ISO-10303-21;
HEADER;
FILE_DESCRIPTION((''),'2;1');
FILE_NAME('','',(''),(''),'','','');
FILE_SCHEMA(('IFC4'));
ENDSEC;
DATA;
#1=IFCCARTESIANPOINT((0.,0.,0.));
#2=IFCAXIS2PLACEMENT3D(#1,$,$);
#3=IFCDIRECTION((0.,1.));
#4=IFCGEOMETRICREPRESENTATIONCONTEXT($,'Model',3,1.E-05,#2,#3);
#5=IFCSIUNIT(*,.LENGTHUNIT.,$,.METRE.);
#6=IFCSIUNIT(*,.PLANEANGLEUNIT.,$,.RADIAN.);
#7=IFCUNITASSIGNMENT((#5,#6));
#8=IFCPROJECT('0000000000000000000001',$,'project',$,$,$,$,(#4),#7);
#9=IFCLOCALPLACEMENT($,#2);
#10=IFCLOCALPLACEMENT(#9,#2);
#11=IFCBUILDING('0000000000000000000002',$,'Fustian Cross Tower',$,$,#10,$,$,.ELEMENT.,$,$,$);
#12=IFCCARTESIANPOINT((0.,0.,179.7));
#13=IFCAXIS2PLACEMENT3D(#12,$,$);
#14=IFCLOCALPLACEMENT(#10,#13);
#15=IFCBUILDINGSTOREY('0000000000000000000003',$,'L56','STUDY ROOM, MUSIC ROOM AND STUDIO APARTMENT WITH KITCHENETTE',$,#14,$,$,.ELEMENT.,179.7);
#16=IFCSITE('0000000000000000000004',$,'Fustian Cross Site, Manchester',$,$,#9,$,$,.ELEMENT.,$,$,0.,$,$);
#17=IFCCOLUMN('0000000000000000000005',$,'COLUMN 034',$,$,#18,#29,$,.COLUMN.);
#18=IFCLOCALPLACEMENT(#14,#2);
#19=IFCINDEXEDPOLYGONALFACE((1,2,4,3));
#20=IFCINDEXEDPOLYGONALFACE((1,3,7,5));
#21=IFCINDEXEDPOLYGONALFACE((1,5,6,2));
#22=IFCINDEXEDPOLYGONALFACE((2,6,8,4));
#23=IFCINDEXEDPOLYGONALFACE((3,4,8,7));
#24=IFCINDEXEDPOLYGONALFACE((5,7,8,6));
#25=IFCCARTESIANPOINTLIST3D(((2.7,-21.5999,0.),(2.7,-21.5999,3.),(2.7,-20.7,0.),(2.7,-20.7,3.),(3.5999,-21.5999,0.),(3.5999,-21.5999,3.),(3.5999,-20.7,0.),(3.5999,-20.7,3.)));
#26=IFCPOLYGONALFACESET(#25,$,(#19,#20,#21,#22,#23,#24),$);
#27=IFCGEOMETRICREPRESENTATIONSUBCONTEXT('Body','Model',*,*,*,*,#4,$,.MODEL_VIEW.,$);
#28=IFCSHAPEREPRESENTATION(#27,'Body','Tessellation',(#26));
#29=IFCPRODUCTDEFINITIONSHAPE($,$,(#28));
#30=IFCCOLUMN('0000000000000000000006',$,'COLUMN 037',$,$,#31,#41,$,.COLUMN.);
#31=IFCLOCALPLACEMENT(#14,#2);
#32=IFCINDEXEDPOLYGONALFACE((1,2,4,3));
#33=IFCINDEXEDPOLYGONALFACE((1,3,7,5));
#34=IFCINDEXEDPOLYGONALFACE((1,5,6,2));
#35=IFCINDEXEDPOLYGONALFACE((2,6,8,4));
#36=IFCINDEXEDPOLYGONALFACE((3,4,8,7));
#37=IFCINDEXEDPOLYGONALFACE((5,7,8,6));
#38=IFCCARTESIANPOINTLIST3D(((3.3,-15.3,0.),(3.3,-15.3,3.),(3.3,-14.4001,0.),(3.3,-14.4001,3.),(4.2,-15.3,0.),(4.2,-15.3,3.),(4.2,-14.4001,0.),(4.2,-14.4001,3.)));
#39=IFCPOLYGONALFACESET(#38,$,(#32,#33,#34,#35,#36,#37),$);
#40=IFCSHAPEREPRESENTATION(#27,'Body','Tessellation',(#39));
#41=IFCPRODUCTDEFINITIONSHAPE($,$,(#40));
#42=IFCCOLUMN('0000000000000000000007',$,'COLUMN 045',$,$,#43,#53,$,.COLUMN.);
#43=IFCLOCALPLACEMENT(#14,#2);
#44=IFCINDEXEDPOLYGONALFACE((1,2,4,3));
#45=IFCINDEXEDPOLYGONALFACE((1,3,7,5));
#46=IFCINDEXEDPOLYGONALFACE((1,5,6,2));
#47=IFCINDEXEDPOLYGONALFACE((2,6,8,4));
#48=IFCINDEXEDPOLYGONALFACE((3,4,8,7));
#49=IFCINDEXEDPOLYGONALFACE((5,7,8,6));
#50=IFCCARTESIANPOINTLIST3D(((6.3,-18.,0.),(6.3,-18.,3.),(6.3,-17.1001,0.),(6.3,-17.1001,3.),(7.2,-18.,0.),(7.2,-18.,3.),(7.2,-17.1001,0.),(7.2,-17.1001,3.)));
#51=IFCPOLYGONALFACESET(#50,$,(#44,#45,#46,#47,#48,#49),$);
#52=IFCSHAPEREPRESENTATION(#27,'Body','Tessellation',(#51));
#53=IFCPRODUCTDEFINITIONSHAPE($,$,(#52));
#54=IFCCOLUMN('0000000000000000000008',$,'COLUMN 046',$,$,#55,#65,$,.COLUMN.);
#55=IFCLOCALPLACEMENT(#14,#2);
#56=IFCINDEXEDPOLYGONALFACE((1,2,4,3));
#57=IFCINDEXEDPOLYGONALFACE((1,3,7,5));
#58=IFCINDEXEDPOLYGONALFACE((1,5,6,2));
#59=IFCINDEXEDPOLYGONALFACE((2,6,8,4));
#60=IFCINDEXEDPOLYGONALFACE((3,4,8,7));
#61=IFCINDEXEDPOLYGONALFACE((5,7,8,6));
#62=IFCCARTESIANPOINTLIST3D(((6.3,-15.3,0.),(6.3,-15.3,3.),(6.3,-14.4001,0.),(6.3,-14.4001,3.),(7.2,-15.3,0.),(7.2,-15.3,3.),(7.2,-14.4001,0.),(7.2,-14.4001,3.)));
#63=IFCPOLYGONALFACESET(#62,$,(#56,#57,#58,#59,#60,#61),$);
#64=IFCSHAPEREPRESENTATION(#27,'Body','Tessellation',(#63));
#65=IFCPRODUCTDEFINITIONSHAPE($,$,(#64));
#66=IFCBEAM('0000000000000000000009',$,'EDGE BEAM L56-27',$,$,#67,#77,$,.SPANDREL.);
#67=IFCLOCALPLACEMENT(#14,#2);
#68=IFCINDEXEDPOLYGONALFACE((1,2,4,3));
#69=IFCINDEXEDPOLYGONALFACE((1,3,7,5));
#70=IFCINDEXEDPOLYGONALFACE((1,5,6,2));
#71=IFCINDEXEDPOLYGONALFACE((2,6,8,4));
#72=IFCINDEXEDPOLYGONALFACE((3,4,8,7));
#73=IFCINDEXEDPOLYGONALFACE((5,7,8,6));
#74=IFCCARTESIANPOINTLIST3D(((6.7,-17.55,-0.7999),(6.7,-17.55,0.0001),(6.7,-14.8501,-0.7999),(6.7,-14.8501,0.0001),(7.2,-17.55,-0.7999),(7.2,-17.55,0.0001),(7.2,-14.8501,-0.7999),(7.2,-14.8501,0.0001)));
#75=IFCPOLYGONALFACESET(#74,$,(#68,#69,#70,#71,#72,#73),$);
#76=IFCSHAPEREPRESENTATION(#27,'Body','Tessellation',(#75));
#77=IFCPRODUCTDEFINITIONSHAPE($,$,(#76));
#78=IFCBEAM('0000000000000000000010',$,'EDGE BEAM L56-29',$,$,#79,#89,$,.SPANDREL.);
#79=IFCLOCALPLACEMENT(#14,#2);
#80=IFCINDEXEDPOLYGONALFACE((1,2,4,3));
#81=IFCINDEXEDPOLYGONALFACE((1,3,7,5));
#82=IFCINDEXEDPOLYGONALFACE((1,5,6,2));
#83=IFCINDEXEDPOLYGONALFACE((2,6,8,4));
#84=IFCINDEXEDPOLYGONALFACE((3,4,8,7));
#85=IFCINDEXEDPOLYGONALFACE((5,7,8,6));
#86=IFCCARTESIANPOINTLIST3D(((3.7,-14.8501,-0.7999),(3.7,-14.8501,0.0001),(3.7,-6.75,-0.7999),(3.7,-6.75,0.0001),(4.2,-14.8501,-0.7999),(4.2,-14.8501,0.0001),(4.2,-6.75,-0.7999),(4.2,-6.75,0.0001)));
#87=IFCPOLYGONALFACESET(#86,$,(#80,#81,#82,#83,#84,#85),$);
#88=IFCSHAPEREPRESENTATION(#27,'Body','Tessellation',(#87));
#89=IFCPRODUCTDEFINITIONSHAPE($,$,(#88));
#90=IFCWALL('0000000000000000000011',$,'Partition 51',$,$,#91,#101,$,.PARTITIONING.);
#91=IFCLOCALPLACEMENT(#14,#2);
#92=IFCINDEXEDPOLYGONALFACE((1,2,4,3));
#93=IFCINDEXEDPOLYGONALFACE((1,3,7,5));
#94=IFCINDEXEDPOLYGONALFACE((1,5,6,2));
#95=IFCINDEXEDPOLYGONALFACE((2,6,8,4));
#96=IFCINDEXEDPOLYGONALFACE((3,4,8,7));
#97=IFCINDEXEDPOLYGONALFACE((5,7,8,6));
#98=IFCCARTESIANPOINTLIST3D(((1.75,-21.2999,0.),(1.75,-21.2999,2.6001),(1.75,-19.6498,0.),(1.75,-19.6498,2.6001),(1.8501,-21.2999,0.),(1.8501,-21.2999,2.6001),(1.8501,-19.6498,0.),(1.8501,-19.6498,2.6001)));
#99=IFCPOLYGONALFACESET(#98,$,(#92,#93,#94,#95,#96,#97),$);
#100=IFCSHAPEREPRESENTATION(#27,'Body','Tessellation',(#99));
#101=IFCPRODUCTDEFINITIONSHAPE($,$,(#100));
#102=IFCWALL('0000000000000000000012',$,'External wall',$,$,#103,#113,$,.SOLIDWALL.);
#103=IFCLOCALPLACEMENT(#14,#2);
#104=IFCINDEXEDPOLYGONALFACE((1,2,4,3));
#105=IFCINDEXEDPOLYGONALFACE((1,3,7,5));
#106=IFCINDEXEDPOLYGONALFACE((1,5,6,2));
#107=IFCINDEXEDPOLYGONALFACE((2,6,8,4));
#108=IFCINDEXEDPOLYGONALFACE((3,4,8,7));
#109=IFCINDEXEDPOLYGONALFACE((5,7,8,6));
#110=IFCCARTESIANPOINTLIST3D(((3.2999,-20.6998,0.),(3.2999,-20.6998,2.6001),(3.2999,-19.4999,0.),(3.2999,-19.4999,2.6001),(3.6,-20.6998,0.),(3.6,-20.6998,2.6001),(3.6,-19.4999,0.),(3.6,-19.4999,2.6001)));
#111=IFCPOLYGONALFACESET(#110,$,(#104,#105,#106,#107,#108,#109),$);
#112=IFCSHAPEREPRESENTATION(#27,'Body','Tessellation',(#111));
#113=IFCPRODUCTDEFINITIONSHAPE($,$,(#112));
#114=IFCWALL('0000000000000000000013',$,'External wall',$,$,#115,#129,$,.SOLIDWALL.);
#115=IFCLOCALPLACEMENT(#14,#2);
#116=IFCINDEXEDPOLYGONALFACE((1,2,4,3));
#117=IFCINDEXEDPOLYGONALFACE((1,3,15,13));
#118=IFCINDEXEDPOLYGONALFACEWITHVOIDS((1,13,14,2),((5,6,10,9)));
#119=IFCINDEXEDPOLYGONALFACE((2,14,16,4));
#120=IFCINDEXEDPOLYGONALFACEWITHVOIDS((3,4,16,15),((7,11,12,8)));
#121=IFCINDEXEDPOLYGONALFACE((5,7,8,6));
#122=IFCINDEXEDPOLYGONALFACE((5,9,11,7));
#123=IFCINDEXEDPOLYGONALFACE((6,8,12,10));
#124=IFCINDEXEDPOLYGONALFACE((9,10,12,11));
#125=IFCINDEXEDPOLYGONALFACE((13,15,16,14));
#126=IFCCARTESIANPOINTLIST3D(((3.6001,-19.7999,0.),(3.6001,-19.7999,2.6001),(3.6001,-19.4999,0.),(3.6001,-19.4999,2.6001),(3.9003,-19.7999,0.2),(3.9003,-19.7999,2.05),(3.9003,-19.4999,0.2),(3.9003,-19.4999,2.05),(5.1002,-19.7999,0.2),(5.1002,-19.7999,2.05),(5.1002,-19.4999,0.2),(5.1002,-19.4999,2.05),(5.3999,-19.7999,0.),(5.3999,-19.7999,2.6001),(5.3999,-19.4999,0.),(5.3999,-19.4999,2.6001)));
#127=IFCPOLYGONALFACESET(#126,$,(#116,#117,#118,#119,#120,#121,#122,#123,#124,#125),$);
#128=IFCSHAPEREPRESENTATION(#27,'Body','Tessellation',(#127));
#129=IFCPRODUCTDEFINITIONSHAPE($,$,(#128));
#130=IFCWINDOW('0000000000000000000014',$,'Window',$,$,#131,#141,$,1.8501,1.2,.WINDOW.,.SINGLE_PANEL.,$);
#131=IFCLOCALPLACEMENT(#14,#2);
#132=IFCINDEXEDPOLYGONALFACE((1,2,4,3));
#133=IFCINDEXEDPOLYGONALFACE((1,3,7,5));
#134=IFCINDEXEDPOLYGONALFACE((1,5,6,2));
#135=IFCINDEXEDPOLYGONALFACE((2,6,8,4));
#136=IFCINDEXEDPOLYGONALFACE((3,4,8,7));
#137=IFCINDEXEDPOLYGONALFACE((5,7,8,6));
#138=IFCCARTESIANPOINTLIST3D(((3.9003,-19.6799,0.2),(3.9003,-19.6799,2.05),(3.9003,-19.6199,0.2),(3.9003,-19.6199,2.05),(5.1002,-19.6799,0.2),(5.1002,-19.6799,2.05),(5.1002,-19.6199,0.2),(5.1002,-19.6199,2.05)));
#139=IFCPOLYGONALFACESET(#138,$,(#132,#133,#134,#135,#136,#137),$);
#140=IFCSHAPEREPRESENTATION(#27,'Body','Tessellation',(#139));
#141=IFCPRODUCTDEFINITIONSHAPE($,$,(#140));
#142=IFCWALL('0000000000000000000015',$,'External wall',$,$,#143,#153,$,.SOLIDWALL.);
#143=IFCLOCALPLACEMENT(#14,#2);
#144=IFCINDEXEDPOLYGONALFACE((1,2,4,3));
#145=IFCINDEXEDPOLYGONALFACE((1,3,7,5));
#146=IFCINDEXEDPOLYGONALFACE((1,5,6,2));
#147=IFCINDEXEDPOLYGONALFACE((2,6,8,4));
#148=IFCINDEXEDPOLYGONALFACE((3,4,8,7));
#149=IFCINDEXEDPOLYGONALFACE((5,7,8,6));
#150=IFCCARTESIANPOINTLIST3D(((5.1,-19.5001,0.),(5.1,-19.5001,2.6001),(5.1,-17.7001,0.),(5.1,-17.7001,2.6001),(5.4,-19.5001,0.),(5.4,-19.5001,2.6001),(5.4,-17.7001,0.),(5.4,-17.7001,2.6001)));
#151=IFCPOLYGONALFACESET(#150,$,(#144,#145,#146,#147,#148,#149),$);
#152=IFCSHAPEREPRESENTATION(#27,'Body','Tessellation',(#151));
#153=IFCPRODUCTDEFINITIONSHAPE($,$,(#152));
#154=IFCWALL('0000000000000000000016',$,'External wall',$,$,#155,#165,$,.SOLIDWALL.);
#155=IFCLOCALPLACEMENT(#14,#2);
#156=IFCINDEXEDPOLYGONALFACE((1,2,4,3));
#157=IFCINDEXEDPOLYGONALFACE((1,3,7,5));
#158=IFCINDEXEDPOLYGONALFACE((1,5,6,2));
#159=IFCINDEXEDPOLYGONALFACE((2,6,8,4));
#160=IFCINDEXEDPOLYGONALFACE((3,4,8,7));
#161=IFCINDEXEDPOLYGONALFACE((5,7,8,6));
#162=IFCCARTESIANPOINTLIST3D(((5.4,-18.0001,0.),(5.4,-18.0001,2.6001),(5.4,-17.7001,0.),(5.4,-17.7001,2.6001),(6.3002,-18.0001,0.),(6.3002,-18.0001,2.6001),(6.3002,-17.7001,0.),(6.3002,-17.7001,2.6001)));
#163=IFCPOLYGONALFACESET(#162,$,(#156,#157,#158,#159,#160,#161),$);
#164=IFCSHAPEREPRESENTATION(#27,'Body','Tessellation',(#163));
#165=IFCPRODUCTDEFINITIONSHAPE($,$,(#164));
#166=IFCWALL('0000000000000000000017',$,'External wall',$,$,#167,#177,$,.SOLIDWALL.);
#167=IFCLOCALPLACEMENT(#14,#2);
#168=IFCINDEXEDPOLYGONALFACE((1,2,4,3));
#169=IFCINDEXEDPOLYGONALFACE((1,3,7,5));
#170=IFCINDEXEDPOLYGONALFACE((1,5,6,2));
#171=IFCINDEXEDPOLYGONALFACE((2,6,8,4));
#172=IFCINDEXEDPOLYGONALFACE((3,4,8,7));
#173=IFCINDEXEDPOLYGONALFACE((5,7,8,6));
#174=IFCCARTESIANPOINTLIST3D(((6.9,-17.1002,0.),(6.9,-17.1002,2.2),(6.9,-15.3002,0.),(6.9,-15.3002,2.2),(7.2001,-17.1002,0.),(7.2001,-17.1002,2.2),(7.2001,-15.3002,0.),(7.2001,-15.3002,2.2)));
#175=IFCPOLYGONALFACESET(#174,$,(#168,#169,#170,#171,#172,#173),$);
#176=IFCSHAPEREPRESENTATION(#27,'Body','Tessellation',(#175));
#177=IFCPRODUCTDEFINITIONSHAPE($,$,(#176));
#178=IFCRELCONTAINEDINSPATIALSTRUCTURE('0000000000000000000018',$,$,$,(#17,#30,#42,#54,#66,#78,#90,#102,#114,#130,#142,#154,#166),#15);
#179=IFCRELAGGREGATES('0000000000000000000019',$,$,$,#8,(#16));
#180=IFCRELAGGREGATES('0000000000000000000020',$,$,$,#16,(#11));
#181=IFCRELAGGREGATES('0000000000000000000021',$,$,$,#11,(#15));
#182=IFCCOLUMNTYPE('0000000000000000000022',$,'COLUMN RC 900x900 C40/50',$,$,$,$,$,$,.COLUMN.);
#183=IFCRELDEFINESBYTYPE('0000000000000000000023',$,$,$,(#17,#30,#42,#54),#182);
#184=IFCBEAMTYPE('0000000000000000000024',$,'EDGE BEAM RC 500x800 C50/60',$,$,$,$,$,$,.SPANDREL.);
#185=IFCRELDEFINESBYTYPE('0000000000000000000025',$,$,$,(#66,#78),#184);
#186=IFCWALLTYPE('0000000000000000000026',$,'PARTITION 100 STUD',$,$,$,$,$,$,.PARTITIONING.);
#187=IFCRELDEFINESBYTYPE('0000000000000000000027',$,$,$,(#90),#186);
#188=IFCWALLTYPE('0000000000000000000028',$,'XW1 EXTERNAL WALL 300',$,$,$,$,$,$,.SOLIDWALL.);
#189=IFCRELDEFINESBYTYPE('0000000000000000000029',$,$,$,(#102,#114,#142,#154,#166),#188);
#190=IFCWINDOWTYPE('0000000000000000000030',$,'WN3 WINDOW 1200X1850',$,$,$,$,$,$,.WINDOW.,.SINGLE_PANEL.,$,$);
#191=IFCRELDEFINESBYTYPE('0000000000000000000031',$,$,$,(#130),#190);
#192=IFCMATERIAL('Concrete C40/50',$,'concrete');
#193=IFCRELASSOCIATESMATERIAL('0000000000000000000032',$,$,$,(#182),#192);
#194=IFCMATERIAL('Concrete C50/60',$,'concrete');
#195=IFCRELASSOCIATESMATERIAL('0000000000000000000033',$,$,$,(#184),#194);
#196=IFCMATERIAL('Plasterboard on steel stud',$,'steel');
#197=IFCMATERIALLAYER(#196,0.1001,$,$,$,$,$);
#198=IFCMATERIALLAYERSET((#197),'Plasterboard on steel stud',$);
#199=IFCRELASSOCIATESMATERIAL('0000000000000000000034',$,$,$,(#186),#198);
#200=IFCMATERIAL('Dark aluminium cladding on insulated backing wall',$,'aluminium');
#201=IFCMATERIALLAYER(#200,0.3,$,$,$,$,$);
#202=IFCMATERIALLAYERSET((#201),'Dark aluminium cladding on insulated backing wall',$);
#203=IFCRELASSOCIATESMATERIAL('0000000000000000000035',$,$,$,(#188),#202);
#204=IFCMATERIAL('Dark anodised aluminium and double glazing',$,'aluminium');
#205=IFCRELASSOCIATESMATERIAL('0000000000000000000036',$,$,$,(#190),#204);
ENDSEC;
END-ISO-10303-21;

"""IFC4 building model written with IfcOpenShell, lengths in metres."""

from ifc_helpers import new_model, si_unit, direction, frame, frame_2d, origin, origin_2d, place, context, subcontext, project, spatial, rectangle, extrude, material, layer, layer_set, material_profile, profile_set, type_object, element, fill, save


model = new_model("IFC4")

# Units and contexts
model_context = context("Model", 3, precision=1e-05, world=origin(), true_north=direction((0.0, 1.0)))
body_context = subcontext(model_context, "Body", "Model", "MODEL_VIEW")
ifc_project = project(units=[si_unit("LENGTHUNIT", "METRE"), si_unit("PLANEANGLEUNIT", "RADIAN")], contexts=[model_context])

# Site, building, storey
site_placement = place(None, origin())
site = spatial("IfcSite", under=ifc_project, at=site_placement, Name="Fustian Cross Site, Manchester", CompositionType="ELEMENT", RefElevation=0.0)
building_placement = place(site_placement, origin())
building = spatial("IfcBuilding", under=site, at=building_placement, Name="Fustian Cross Tower", CompositionType="ELEMENT")
storey_placement = place(building_placement, frame((0.0, 0.0, 179.7)))
storey = spatial("IfcBuildingStorey", under=building, at=storey_placement, Name="L56", Description="STUDY ROOM, MUSIC ROOM AND STUDIO APARTMENT WITH KITCHENETTE", CompositionType="ELEMENT", Elevation=179.7)

# Columns
ifc_material_1 = material(Name="Concrete C40/50", Category="concrete")
ifc_material_profile_1 = material_profile(ifc_material_1, rectangle(XDim=0.8999, YDim=0.8999, at=origin_2d()), Name="RC 900x900")
ifc_profile_set_1 = profile_set([ifc_material_profile_1], Name="Concrete C40/50")
column_type = type_object("IfcColumnType", Name="COLUMN RC 900x900 C40/50", PredefinedType="COLUMN", material=ifc_profile_set_1)
for number, where, z_axis, x_axis, name in (
    (1, (3.1499, -21.1499, 0.0), (0.0, 0.0, 1.0), (1.0, 0.0, 0.0), "COLUMN 034"),
    (2, (3.75, -14.8501, 0.0), (0.0, 0.0, 1.0), (1.0, 0.0, 0.0), "COLUMN 037"),
    (3, (6.75, -17.55, 0.0), (0.0, 0.0, 1.0), (1.0, 0.0, 0.0), "COLUMN 045"),
    (4, (6.75, -14.8501, 0.0), (0.0, 0.0, 1.0), (1.0, 0.0, 0.0), "COLUMN 046"),
):
    element("IfcColumn", number, at=place(storey_placement, frame(where, z_axis=z_axis, x_axis=x_axis)), inside=storey, type_object=column_type, Name=name, PredefinedType="COLUMN", context=body_context, shape_type="SweptSolid", body=[
        extrude(rectangle(XDim=0.8999, YDim=0.8999, at=origin_2d()), origin(), (0.0, 0.0, 1.0), 3.0),
    ])

# Beams
ifc_material_2 = material(Name="Concrete C50/60", Category="concrete")
ifc_material_profile_2 = material_profile(ifc_material_2, rectangle(XDim=0.5, YDim=0.8, at=origin_2d()), Name="RC 500x800")
ifc_profile_set_2 = profile_set([ifc_material_profile_2], Name="Concrete C50/60")
beam_type = type_object("IfcBeamType", Name="EDGE BEAM RC 500x800 C50/60", PredefinedType="SPANDREL", material=ifc_profile_set_2)
beam_1_placement = place(storey_placement, frame((6.95, -17.55, -0.3999), z_axis=(0.0, 1.0, 0.0), x_axis=(-1.0, 0.0, 0.0)))
element("IfcBeam", 5, at=beam_1_placement, inside=storey, type_object=beam_type, Name="EDGE BEAM L56-27", PredefinedType="SPANDREL", context=body_context, shape_type="SweptSolid", body=[
    extrude(rectangle(XDim=0.5, YDim=0.8, at=origin_2d()), origin(), (0.0, 0.0, 1.0), 2.7),
])
beam_2_placement = place(storey_placement, frame((3.95, -14.8501, -0.3999), z_axis=(0.0, 1.0, 0.0), x_axis=(-1.0, 0.0, 0.0)))
element("IfcBeam", 6, at=beam_2_placement, inside=storey, type_object=beam_type, Name="EDGE BEAM L56-29", PredefinedType="SPANDREL", context=body_context, shape_type="SweptSolid", body=[
    extrude(rectangle(XDim=0.5, YDim=0.8, at=origin_2d()), origin(), (0.0, 0.0, 1.0), 8.1001),
])

# Walls
ifc_material_3 = material(Name="Plasterboard on steel stud", Category="steel")
ifc_layer_1 = layer(ifc_material_3, 0.1001)
ifc_layer_set_1 = layer_set([ifc_layer_1], Name="Plasterboard on steel stud")
wall_type_1 = type_object("IfcWallType", Name="PARTITION 100 STUD", PredefinedType="PARTITIONING", material=ifc_layer_set_1)
wall_1_placement = place(storey_placement, frame((1.8, -21.3, 0.0), z_axis=(0.0, 0.0, 1.0), x_axis=(0.0, 1.0, 0.0)))
element("IfcWall", 7, at=wall_1_placement, inside=storey, type_object=wall_type_1, Name="Partition 51", PredefinedType="PARTITIONING", context=body_context, shape_type="SweptSolid", body=[
    extrude(rectangle(XDim=1.6501, YDim=0.1001, at=frame_2d((0.8252, 0.0))), origin(), (0.0, 0.0, 1.0), 2.6001),
])
ifc_material_4 = material(Name="Dark aluminium cladding on insulated backing wall", Category="aluminium")
ifc_layer_2 = layer(ifc_material_4, 0.3)
ifc_layer_set_2 = layer_set([ifc_layer_2], Name="Dark aluminium cladding on insulated backing wall")
wall_type_2 = type_object("IfcWallType", Name="XW1 EXTERNAL WALL 300", PredefinedType="SOLIDWALL", material=ifc_layer_set_2)
wall_2_placement = place(storey_placement, frame((3.45, -20.7, 0.0), z_axis=(0.0, 0.0, 1.0), x_axis=(0.0, 1.0, 0.0)))
element("IfcWall", 8, at=wall_2_placement, inside=storey, type_object=wall_type_2, Name="External wall", PredefinedType="SOLIDWALL", context=body_context, shape_type="SweptSolid", body=[
    extrude(rectangle(XDim=1.2, YDim=0.3, at=frame_2d((0.6001, 0.0))), origin(), (0.0, 0.0, 1.0), 2.6001),
])

# Wall, opening, window
wall_3_placement = place(storey_placement, frame((3.6001, -19.6499, 0.0), z_axis=(0.0, 0.0, 1.0), x_axis=(1.0, 0.0, 0.0)))
wall_3 = element("IfcWall", 9, at=wall_3_placement, inside=storey, type_object=wall_type_2, Name="External wall", PredefinedType="SOLIDWALL", context=body_context, shape_type="SweptSolid", body=[
    extrude(rectangle(XDim=1.7998, YDim=0.3, at=frame_2d((0.8999, 0.0))), origin(), (0.0, 0.0, 1.0), 2.6001),
])
opening_placement = place(wall_3_placement, frame((0.3, 0.0, 0.2)))
opening = element("IfcOpeningElement", 10, at=opening_placement, cuts=wall_3, PredefinedType="OPENING", context=body_context, shape_type="SweptSolid", body=[
    extrude(rectangle(XDim=1.2, YDim=1.8501, at=frame_2d((0.6001, 0.925))), frame((0.0, 0.1599, 0.0), z_axis=(0.0, -1.0, 0.0), x_axis=(1.0, 0.0, 0.0)), (0.0, 0.0, 1.0), 0.3201),
])
ifc_material_5 = material(Name="Dark anodised aluminium and double glazing", Category="aluminium")
window_type = type_object("IfcWindowType", Name="WN3 WINDOW 1200X1850", PartitioningType="SINGLE_PANEL", PredefinedType="WINDOW", material=ifc_material_5)
window_placement = place(opening_placement, origin())
window = element("IfcWindow", 11, at=window_placement, inside=storey, type_object=window_type, Name="Window", OverallHeight=1.8501, OverallWidth=1.2, PartitioningType="SINGLE_PANEL", PredefinedType="WINDOW", context=body_context, shape_type="SweptSolid", body=[
    extrude(rectangle(XDim=1.2, YDim=1.8501, at=frame_2d((0.6001, 0.925))), frame((0.0, 0.03, 0.0), z_axis=(0.0, -1.0, 0.0), x_axis=(1.0, 0.0, 0.0)), (0.0, 0.0, 1.0), 0.0601),
])
fill(opening, window)

# Walls
wall_4_placement = place(storey_placement, frame((5.25, -19.5, 0.0), z_axis=(0.0, 0.0, 1.0), x_axis=(0.0, 1.0, 0.0)))
element("IfcWall", 12, at=wall_4_placement, inside=storey, type_object=wall_type_2, Name="External wall", PredefinedType="SOLIDWALL", context=body_context, shape_type="SweptSolid", body=[
    extrude(rectangle(XDim=1.8, YDim=0.3, at=frame_2d((0.8999, 0.0))), origin(), (0.0, 0.0, 1.0), 2.6001),
])
wall_5_placement = place(storey_placement, frame((5.3999, -17.8501, 0.0), z_axis=(0.0, 0.0, 1.0), x_axis=(1.0, 0.0, 0.0)))
element("IfcWall", 13, at=wall_5_placement, inside=storey, type_object=wall_type_2, Name="External wall", PredefinedType="SOLIDWALL", context=body_context, shape_type="SweptSolid", body=[
    extrude(rectangle(XDim=0.9001, YDim=0.3, at=frame_2d((0.4502, 0.0))), origin(), (0.0, 0.0, 1.0), 2.6001),
])
wall_6_placement = place(storey_placement, frame((7.05, -17.1001, 0.0), z_axis=(0.0, 0.0, 1.0), x_axis=(0.0, 1.0, 0.0)))
element("IfcWall", 14, at=wall_6_placement, inside=storey, type_object=wall_type_2, Name="External wall", PredefinedType="SOLIDWALL", context=body_context, shape_type="SweptSolid", body=[
    extrude(rectangle(XDim=1.8, YDim=0.3, at=frame_2d((0.8999, 0.0))), origin(), (0.0, 0.0, 1.0), 2.2),
])

save(model, "model.ifc")
